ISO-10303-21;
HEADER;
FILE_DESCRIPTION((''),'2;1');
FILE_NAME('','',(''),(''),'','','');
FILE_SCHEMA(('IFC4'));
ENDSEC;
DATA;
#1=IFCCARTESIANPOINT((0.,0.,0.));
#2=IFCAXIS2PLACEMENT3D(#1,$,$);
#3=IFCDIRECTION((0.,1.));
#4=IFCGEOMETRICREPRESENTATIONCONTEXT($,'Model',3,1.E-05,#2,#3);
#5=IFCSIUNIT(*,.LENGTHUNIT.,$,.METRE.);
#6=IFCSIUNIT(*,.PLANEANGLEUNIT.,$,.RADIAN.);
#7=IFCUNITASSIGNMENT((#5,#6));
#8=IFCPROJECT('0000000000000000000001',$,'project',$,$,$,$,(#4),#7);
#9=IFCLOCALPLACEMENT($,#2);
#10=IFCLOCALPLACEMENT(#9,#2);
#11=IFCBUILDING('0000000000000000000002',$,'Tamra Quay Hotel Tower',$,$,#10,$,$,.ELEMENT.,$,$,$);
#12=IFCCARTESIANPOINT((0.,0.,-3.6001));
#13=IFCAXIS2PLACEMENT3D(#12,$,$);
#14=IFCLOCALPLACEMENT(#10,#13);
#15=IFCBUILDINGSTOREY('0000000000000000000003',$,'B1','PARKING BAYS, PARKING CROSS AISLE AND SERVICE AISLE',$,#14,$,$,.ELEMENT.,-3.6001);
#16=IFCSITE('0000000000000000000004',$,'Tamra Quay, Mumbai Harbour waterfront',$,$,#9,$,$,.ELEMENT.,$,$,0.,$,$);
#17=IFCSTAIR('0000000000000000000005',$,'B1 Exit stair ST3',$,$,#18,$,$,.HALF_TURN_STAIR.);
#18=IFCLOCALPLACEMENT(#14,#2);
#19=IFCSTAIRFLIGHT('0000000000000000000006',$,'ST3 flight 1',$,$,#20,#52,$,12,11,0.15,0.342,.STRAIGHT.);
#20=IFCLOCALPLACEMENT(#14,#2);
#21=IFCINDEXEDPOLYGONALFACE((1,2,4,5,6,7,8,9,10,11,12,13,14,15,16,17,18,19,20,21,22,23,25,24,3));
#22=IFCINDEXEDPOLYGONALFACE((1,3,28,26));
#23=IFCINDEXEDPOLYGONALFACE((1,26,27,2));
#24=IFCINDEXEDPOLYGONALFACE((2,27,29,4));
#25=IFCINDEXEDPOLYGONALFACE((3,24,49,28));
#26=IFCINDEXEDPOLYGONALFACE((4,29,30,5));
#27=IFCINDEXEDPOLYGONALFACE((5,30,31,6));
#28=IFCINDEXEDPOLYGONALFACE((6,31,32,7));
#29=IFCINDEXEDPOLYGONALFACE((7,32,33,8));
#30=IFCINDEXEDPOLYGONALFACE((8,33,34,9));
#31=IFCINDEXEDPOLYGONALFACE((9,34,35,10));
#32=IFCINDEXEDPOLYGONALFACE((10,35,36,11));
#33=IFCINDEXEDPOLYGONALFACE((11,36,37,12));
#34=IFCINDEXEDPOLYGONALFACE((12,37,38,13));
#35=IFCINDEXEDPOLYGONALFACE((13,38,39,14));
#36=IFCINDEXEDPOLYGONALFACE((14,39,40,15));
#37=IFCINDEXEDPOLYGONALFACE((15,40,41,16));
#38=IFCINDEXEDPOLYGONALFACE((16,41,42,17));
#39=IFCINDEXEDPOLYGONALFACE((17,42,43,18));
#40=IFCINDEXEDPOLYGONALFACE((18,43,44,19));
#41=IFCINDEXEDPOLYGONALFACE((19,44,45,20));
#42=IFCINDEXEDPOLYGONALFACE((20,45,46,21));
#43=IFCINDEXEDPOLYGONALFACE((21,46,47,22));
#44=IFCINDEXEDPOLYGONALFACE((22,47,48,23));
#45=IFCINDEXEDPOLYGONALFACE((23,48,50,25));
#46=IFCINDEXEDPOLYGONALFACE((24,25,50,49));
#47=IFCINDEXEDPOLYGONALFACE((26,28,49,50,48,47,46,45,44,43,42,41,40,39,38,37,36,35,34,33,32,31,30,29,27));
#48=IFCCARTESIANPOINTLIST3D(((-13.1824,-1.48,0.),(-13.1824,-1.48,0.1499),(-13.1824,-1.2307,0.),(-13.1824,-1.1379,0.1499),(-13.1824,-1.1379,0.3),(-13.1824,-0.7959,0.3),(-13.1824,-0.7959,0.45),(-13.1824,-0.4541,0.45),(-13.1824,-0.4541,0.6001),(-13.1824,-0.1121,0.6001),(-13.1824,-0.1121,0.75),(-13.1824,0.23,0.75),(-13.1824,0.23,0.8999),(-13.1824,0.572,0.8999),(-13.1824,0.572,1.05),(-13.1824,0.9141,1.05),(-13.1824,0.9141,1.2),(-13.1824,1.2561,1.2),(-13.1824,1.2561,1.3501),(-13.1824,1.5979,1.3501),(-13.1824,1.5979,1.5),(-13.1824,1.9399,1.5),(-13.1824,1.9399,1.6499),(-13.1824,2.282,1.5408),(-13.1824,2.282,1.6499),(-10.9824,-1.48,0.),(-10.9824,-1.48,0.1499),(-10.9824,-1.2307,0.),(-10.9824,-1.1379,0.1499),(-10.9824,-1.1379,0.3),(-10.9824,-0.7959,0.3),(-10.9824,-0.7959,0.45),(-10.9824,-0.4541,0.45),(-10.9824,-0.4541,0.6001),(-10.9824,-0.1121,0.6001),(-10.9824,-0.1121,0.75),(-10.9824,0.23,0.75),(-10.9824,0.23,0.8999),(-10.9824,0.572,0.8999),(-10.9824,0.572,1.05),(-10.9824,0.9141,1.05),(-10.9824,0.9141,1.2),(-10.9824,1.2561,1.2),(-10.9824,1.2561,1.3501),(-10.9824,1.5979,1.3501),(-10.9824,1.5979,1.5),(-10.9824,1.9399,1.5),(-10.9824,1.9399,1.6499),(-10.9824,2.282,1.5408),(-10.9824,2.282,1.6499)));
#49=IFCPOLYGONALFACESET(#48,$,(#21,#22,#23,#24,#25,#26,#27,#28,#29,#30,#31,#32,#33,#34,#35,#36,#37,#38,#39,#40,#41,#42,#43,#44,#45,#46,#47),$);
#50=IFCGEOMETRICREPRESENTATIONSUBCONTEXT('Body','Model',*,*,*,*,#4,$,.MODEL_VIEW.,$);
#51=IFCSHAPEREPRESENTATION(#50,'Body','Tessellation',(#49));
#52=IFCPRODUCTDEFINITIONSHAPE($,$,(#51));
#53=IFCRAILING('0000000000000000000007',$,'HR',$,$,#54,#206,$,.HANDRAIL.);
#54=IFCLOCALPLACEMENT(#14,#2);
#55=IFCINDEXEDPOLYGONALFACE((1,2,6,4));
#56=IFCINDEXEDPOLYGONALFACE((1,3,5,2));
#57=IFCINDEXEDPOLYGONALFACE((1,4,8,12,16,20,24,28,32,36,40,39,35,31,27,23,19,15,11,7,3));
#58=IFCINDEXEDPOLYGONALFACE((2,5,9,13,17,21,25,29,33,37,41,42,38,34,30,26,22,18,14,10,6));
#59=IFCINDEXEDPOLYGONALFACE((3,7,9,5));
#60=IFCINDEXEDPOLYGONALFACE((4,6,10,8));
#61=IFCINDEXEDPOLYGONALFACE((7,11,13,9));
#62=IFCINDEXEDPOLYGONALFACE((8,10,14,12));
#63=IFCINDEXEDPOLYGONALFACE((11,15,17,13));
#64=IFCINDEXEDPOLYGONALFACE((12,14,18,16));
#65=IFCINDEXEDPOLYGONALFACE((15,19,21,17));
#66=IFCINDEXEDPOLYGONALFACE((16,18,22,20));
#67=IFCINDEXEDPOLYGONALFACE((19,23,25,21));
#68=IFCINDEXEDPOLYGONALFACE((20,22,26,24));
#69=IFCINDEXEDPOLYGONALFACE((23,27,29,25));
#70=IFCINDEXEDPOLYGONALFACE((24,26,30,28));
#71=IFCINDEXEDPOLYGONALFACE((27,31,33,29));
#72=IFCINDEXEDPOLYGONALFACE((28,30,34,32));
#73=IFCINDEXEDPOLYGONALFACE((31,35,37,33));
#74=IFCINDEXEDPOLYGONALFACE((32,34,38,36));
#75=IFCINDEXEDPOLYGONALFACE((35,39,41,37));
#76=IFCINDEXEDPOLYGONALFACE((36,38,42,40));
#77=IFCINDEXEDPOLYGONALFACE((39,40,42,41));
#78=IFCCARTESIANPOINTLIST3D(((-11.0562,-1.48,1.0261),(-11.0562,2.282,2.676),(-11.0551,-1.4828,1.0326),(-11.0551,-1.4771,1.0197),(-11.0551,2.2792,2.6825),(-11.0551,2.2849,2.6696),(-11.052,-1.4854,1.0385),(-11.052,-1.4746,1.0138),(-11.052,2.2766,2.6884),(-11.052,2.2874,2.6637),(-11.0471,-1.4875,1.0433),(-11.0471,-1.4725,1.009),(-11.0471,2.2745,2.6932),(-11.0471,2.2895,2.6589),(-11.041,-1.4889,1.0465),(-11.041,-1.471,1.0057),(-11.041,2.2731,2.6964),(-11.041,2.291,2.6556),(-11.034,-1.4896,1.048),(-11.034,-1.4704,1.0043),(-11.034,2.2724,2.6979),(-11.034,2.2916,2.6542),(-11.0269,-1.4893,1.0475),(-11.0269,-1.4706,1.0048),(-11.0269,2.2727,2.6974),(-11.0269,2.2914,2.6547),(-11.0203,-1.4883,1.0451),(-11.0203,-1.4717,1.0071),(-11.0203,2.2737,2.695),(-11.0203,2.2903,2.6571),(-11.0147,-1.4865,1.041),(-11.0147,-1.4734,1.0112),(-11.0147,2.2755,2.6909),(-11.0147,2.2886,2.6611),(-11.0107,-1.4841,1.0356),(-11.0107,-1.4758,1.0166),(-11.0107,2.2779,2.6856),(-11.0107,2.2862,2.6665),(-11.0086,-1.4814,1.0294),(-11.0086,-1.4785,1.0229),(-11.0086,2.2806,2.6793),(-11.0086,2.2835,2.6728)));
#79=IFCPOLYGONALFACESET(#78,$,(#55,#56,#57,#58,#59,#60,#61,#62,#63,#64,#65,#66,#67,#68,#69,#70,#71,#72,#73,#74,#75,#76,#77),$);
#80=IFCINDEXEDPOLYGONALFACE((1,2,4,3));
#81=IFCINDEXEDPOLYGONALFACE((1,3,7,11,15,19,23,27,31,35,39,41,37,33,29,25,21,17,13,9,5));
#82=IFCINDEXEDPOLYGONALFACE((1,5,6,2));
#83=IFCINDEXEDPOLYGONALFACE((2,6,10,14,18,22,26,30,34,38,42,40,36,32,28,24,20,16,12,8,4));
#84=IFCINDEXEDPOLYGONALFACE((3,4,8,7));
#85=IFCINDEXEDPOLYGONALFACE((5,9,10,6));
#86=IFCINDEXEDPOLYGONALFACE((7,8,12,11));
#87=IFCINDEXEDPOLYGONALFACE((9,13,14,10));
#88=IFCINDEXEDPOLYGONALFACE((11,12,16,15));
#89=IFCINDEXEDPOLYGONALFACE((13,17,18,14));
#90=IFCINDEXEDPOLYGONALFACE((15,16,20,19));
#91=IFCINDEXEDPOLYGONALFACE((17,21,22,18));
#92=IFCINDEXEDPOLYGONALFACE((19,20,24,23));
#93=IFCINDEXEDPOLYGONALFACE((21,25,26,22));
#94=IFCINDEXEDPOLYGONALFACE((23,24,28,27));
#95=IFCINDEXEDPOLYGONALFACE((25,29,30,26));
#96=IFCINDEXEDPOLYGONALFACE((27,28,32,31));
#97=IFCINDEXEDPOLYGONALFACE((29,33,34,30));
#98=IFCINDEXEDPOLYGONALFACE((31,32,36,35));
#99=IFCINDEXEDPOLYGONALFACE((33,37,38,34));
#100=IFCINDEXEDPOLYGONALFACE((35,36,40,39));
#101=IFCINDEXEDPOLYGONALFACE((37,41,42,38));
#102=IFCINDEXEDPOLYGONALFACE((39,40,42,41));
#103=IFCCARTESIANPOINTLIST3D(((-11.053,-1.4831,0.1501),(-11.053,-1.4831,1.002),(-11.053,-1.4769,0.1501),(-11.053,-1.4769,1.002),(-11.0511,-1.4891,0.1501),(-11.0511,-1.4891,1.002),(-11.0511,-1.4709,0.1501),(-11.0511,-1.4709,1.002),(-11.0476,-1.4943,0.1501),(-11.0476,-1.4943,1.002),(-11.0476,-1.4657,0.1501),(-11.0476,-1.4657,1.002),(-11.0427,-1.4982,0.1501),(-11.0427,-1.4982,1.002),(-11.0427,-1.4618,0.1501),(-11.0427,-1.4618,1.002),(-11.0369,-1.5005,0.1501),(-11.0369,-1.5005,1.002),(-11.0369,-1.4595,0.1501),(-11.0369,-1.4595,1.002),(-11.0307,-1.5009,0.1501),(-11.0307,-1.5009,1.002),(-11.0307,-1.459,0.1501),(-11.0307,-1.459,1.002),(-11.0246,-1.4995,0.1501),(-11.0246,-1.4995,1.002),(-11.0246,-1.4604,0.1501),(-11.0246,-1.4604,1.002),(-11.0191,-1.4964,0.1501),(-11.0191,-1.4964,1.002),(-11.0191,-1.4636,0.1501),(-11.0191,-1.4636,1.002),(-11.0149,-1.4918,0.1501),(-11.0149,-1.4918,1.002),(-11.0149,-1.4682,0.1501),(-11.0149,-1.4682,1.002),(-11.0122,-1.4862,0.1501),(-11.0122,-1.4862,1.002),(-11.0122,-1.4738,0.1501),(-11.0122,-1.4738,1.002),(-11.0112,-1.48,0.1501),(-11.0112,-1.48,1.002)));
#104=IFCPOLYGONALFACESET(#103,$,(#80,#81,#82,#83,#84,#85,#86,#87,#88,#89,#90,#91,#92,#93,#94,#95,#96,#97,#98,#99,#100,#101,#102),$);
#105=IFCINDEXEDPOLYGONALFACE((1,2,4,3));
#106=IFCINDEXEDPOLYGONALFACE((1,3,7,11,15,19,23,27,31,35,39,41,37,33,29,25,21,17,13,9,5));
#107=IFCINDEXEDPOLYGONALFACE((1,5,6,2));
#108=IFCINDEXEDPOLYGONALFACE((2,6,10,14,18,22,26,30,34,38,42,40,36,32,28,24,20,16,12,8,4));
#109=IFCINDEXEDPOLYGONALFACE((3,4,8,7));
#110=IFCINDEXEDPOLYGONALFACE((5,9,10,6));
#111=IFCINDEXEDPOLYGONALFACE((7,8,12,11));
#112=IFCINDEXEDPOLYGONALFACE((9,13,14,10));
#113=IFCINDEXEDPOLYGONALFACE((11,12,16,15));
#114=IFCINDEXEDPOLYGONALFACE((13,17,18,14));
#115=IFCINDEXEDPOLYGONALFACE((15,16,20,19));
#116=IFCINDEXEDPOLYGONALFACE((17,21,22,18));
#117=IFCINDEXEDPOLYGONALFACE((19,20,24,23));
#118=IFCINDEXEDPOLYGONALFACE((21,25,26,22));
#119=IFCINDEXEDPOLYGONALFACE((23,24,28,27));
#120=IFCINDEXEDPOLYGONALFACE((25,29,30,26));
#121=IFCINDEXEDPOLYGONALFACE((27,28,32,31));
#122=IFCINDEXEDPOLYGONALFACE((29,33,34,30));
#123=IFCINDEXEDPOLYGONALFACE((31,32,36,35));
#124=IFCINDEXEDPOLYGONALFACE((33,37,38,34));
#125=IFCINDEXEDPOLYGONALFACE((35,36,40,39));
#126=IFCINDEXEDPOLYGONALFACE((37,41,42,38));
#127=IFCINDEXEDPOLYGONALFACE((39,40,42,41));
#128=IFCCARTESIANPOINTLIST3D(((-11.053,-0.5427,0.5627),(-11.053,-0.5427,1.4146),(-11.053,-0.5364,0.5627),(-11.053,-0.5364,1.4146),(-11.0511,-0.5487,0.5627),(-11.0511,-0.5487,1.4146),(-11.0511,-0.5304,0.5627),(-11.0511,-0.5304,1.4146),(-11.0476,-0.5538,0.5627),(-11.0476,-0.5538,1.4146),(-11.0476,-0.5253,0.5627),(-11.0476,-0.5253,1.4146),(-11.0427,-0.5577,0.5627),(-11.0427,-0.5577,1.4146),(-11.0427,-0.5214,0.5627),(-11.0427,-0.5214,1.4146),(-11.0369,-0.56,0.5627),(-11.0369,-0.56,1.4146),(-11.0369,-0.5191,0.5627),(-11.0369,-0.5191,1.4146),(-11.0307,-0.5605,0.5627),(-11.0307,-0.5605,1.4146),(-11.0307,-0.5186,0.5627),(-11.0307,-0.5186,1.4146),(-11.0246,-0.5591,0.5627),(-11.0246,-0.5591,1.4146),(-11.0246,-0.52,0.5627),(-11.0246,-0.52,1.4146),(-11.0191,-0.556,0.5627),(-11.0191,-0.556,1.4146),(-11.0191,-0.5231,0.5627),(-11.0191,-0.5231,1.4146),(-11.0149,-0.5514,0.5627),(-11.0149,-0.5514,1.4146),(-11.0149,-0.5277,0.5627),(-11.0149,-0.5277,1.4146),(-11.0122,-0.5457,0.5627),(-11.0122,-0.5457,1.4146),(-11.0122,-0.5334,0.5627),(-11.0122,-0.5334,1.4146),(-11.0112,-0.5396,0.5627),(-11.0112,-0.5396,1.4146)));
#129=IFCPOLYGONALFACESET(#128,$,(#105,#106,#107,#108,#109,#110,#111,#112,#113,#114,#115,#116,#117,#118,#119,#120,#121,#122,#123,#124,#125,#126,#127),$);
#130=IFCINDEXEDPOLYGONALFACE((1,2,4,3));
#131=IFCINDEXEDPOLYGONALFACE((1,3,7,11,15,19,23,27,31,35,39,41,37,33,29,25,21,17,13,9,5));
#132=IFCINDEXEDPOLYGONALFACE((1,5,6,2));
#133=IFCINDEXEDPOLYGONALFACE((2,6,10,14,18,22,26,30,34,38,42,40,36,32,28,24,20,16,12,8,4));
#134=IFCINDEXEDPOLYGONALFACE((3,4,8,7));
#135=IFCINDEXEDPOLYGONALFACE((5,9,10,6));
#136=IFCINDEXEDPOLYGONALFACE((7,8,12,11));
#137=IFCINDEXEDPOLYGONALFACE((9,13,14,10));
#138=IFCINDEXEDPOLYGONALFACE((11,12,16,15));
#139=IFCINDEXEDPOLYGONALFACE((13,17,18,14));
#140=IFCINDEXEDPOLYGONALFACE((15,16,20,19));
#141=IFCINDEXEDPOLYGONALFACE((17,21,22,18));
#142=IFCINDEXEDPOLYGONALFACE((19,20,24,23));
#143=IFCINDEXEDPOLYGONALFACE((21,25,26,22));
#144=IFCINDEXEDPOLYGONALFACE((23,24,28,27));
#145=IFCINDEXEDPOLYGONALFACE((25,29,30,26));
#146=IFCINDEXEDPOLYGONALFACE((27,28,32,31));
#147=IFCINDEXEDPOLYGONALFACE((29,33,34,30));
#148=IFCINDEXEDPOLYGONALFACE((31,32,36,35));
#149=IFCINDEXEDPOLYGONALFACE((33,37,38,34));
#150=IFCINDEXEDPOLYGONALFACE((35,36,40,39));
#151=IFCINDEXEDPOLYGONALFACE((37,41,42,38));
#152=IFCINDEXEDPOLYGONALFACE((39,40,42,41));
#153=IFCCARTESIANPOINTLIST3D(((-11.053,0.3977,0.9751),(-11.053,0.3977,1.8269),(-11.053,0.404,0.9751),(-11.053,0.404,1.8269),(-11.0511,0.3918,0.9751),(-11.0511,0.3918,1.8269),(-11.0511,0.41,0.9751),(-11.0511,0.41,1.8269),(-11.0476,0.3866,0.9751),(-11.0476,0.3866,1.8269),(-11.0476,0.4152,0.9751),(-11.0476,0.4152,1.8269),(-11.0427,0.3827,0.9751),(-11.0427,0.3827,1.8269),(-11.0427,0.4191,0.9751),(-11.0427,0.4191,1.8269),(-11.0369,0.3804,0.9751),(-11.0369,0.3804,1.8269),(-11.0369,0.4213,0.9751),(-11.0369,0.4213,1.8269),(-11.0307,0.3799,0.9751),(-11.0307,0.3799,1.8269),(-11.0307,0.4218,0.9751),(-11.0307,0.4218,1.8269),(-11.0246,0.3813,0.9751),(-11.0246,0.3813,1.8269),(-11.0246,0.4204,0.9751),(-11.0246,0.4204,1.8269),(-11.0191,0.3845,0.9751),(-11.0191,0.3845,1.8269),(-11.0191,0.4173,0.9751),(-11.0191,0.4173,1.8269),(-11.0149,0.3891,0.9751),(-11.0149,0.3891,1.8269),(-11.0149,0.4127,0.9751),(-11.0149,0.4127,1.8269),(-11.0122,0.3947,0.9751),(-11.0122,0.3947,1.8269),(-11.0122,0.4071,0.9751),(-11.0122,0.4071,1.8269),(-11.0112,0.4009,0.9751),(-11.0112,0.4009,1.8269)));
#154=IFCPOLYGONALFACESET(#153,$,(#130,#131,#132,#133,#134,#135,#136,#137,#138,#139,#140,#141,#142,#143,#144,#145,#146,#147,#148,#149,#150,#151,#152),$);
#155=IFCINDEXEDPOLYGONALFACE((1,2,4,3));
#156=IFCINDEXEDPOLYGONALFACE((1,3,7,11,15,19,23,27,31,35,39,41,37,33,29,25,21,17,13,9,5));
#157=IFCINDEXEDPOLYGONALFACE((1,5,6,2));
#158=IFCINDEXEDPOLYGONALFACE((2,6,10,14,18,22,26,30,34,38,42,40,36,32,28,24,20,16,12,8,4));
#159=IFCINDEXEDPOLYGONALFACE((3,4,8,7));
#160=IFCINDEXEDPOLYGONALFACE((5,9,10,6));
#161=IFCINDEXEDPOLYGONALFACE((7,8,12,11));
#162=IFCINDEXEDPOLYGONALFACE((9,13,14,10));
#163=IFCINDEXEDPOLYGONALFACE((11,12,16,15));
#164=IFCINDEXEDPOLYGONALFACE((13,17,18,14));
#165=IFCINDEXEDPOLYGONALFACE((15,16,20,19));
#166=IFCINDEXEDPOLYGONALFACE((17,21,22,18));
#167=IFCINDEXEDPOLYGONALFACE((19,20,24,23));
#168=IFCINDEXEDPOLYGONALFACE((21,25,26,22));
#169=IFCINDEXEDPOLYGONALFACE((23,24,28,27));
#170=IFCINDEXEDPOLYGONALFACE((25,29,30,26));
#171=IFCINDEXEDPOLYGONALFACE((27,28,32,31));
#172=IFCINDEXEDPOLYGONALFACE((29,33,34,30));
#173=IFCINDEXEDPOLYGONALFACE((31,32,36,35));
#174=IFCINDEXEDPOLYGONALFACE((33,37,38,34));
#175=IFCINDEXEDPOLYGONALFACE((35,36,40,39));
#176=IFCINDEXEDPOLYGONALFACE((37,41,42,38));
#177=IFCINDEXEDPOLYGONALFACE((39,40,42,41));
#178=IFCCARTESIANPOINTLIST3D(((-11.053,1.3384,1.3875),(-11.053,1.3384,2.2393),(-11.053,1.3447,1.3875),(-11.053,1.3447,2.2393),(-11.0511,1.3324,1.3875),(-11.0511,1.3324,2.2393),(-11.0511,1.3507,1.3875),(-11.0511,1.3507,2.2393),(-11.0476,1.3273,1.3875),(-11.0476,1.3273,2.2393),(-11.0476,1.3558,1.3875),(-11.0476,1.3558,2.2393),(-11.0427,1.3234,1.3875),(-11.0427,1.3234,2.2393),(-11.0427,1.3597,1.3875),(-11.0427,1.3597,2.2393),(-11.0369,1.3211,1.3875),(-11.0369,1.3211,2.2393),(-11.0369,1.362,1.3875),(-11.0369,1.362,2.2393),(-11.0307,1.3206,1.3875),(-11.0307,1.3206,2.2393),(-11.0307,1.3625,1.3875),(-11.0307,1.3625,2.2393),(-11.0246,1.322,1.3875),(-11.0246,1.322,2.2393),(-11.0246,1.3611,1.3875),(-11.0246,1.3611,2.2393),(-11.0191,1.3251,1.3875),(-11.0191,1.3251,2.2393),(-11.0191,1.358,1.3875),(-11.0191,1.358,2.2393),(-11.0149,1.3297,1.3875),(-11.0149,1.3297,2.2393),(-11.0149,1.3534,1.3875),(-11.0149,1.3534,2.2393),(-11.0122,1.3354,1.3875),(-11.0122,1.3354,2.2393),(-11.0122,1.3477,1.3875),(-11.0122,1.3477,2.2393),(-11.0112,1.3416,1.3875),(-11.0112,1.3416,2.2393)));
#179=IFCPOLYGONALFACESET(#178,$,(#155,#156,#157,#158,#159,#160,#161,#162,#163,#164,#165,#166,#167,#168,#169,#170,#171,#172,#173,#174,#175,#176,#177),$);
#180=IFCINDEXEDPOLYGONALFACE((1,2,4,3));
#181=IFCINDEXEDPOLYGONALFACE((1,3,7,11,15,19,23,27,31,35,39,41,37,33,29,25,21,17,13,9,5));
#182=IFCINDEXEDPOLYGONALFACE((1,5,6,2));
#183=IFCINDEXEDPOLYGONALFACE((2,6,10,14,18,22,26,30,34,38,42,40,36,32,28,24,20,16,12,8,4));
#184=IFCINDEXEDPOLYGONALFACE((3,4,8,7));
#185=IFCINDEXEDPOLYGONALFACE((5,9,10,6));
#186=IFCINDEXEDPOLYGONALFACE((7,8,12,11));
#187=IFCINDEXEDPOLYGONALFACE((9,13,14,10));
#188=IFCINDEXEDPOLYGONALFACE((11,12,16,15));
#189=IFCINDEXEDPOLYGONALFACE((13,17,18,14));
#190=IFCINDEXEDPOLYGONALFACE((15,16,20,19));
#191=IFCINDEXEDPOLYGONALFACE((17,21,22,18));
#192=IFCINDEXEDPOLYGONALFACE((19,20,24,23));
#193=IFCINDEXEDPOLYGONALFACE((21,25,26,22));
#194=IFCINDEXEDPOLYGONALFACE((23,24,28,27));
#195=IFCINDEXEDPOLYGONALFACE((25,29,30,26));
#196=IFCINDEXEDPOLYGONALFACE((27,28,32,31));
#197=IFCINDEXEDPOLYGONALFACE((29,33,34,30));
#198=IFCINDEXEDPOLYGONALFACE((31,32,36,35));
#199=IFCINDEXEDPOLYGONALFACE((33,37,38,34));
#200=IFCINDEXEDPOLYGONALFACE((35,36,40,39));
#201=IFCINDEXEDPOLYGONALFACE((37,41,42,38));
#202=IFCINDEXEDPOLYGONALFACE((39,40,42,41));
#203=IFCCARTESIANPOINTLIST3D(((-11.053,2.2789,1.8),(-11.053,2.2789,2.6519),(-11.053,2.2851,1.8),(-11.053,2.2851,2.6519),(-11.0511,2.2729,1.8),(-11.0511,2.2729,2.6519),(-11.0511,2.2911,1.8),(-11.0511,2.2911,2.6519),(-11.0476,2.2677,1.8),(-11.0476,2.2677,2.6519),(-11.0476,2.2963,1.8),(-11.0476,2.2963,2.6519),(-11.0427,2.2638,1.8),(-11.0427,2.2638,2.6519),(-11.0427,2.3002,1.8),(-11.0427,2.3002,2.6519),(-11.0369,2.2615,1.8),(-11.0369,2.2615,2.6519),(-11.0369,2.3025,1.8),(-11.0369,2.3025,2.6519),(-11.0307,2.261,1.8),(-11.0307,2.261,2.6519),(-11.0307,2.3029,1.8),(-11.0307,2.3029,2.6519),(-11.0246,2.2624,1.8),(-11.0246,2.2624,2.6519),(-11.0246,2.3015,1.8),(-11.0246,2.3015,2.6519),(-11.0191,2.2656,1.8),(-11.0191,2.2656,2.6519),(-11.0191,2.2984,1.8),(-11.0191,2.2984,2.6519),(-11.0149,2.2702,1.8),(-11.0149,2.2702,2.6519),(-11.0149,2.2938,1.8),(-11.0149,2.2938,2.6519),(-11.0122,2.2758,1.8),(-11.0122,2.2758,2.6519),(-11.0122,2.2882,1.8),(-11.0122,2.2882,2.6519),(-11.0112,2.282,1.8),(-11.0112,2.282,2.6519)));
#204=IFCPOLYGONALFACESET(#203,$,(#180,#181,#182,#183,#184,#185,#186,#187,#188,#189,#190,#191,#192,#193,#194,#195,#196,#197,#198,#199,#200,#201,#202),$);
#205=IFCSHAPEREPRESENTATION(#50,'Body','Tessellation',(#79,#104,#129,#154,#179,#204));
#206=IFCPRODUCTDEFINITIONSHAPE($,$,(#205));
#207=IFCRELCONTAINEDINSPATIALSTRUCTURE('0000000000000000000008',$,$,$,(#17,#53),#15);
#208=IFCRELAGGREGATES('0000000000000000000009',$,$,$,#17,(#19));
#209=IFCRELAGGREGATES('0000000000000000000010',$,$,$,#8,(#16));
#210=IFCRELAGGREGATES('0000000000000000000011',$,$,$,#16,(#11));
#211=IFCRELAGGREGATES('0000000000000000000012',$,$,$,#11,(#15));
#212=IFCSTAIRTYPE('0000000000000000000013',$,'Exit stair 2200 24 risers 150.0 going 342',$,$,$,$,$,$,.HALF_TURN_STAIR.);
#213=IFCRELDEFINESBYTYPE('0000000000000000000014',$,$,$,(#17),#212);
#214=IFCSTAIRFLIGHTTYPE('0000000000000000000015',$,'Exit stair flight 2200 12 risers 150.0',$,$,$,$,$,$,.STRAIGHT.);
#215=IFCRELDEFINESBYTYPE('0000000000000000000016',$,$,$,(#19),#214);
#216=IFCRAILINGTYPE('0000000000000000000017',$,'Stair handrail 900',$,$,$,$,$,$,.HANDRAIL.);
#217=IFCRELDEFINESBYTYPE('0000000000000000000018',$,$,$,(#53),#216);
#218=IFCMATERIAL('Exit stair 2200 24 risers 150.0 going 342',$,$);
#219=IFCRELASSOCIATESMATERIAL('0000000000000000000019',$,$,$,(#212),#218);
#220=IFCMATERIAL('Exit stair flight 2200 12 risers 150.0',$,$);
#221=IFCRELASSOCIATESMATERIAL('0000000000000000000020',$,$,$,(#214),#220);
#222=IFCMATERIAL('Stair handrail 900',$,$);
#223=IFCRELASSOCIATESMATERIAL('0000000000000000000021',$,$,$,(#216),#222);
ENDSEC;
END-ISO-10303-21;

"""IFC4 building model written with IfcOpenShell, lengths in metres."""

from ifc_helpers import new_model, si_unit, direction, frame, origin, origin_2d, place, context, subcontext, project, spatial, polyline, circle, outline, extrude, material, type_object, element, aggregate, save


model = new_model("IFC4")

# Units and contexts
model_context = context("Model", 3, precision=1e-05, world=origin(), true_north=direction((0.0, 1.0)))
body_context = subcontext(model_context, "Body", "Model", "MODEL_VIEW")
ifc_project = project(units=[si_unit("LENGTHUNIT", "METRE"), si_unit("PLANEANGLEUNIT", "RADIAN")], contexts=[model_context])

# Site, building, storey
site_placement = place(None, origin())
site = spatial("IfcSite", under=ifc_project, at=site_placement, Name="Tamra Quay, Mumbai Harbour waterfront", CompositionType="ELEMENT", RefElevation=0.0)
building_placement = place(site_placement, origin())
building = spatial("IfcBuilding", under=site, at=building_placement, Name="Tamra Quay Hotel Tower", CompositionType="ELEMENT")
storey_placement = place(building_placement, frame((0.0, 0.0, -3.6001)))
storey = spatial("IfcBuildingStorey", under=building, at=storey_placement, Name="B1", Description="PARKING BAYS, PARKING CROSS AISLE AND SERVICE AISLE", CompositionType="ELEMENT", Elevation=-3.6001)

# Stair, stair flight
ifc_material_1 = material(Name="Exit stair 2200 24 risers 150.0 going 342")
stair_type = type_object("IfcStairType", Name="Exit stair 2200 24 risers 150.0 going 342", PredefinedType="HALF_TURN_STAIR", material=ifc_material_1)
stair_placement = place(storey_placement, origin())
stair = element("IfcStair", 1, at=stair_placement, inside=storey, type_object=stair_type, Name="B1 Exit stair ST3", PredefinedType="HALF_TURN_STAIR")
ifc_material_2 = material(Name="Exit stair flight 2200 12 risers 150.0")
stair_flight_type = type_object("IfcStairFlightType", Name="Exit stair flight 2200 12 risers 150.0", PredefinedType="STRAIGHT", material=ifc_material_2)
stair_flight_placement = place(storey_placement, frame((-12.0823, -1.48, 0.0), z_axis=(0.0, 0.0, 1.0), x_axis=(0.0, 1.0, 0.0)))
stair_flight = element("IfcStairFlight", 2, at=stair_flight_placement, type_object=stair_flight_type, Name="ST3 flight 1", NumberOfRisers=12, NumberOfTreads=11, PredefinedType="STRAIGHT", RiserHeight=0.15, TreadLength=0.342, context=body_context, shape_type="SweptSolid", body=[
    extrude(outline(polyline([(0.0, 0.0), (0.0, 0.1499), (0.342, 0.1499), (0.342, 0.3), (0.6841, 0.3), (0.6841, 0.45), (1.0259, 0.45), (1.0259, 0.6001), (1.3679, 0.6001), (1.3679, 0.75), (1.71, 0.75), (1.71, 0.8999), (2.052, 0.8999), (2.052, 1.05), (2.394, 1.05), (2.394, 1.2), (2.7361, 1.2), (2.7361, 1.3501), (3.0779, 1.3501), (3.0779, 1.5), (3.4199, 1.5), (3.4199, 1.6499), (3.762, 1.6499), (3.762, 1.8), (3.762, 1.5408), (0.2493, 0.0), (0.0, 0.0)])), frame((0.0, 1.1001, 0.0), z_axis=(0.0, -1.0, 0.0), x_axis=(1.0, 0.0, 0.0)), (0.0, 0.0, 1.0), 2.2),
])
aggregate(stair, [stair_flight])

# Railing
ifc_material_3 = material(Name="Stair handrail 900")
railing_type_1 = type_object("IfcRailingType", Name="Stair handrail 900", PredefinedType="HANDRAIL", material=ifc_material_3)
railing_1_placement = place(storey_placement, frame((-11.0322, -1.48, 0.1501)))
element("IfcRailing", 3, at=railing_1_placement, inside=storey, type_object=railing_type_1, Name="HR", PredefinedType="HANDRAIL", context=body_context, shape_type="SweptSolid", body=[
    extrude(circle(Radius=0.0239, at=origin_2d()), frame((0.0, 0.0, 0.876), z_axis=(0.0, 0.915795, 0.401645), x_axis=(-1.0, 0.0, 0.0)), (0.0, 0.0, 1.0), 4.1079),
    extrude(circle(Radius=0.021, at=origin_2d()), origin(), (0.0, 0.0, 1.0), 0.8518),
    extrude(circle(Radius=0.021, at=origin_2d()), frame((0.0, 0.9404, 0.4126)), (0.0, 0.0, 1.0), 0.8518),
    extrude(circle(Radius=0.021, at=origin_2d()), frame((0.0, 1.8809, 0.825)), (0.0, 0.0, 1.0), 0.8518),
    extrude(circle(Radius=0.021, at=origin_2d()), frame((0.0, 2.8215, 1.2373)), (0.0, 0.0, 1.0), 0.8518),
    extrude(circle(Radius=0.021, at=origin_2d()), frame((0.0, 3.762, 1.6499)), (0.0, 0.0, 1.0), 0.8518),
])

save(model, "model.ifc")
